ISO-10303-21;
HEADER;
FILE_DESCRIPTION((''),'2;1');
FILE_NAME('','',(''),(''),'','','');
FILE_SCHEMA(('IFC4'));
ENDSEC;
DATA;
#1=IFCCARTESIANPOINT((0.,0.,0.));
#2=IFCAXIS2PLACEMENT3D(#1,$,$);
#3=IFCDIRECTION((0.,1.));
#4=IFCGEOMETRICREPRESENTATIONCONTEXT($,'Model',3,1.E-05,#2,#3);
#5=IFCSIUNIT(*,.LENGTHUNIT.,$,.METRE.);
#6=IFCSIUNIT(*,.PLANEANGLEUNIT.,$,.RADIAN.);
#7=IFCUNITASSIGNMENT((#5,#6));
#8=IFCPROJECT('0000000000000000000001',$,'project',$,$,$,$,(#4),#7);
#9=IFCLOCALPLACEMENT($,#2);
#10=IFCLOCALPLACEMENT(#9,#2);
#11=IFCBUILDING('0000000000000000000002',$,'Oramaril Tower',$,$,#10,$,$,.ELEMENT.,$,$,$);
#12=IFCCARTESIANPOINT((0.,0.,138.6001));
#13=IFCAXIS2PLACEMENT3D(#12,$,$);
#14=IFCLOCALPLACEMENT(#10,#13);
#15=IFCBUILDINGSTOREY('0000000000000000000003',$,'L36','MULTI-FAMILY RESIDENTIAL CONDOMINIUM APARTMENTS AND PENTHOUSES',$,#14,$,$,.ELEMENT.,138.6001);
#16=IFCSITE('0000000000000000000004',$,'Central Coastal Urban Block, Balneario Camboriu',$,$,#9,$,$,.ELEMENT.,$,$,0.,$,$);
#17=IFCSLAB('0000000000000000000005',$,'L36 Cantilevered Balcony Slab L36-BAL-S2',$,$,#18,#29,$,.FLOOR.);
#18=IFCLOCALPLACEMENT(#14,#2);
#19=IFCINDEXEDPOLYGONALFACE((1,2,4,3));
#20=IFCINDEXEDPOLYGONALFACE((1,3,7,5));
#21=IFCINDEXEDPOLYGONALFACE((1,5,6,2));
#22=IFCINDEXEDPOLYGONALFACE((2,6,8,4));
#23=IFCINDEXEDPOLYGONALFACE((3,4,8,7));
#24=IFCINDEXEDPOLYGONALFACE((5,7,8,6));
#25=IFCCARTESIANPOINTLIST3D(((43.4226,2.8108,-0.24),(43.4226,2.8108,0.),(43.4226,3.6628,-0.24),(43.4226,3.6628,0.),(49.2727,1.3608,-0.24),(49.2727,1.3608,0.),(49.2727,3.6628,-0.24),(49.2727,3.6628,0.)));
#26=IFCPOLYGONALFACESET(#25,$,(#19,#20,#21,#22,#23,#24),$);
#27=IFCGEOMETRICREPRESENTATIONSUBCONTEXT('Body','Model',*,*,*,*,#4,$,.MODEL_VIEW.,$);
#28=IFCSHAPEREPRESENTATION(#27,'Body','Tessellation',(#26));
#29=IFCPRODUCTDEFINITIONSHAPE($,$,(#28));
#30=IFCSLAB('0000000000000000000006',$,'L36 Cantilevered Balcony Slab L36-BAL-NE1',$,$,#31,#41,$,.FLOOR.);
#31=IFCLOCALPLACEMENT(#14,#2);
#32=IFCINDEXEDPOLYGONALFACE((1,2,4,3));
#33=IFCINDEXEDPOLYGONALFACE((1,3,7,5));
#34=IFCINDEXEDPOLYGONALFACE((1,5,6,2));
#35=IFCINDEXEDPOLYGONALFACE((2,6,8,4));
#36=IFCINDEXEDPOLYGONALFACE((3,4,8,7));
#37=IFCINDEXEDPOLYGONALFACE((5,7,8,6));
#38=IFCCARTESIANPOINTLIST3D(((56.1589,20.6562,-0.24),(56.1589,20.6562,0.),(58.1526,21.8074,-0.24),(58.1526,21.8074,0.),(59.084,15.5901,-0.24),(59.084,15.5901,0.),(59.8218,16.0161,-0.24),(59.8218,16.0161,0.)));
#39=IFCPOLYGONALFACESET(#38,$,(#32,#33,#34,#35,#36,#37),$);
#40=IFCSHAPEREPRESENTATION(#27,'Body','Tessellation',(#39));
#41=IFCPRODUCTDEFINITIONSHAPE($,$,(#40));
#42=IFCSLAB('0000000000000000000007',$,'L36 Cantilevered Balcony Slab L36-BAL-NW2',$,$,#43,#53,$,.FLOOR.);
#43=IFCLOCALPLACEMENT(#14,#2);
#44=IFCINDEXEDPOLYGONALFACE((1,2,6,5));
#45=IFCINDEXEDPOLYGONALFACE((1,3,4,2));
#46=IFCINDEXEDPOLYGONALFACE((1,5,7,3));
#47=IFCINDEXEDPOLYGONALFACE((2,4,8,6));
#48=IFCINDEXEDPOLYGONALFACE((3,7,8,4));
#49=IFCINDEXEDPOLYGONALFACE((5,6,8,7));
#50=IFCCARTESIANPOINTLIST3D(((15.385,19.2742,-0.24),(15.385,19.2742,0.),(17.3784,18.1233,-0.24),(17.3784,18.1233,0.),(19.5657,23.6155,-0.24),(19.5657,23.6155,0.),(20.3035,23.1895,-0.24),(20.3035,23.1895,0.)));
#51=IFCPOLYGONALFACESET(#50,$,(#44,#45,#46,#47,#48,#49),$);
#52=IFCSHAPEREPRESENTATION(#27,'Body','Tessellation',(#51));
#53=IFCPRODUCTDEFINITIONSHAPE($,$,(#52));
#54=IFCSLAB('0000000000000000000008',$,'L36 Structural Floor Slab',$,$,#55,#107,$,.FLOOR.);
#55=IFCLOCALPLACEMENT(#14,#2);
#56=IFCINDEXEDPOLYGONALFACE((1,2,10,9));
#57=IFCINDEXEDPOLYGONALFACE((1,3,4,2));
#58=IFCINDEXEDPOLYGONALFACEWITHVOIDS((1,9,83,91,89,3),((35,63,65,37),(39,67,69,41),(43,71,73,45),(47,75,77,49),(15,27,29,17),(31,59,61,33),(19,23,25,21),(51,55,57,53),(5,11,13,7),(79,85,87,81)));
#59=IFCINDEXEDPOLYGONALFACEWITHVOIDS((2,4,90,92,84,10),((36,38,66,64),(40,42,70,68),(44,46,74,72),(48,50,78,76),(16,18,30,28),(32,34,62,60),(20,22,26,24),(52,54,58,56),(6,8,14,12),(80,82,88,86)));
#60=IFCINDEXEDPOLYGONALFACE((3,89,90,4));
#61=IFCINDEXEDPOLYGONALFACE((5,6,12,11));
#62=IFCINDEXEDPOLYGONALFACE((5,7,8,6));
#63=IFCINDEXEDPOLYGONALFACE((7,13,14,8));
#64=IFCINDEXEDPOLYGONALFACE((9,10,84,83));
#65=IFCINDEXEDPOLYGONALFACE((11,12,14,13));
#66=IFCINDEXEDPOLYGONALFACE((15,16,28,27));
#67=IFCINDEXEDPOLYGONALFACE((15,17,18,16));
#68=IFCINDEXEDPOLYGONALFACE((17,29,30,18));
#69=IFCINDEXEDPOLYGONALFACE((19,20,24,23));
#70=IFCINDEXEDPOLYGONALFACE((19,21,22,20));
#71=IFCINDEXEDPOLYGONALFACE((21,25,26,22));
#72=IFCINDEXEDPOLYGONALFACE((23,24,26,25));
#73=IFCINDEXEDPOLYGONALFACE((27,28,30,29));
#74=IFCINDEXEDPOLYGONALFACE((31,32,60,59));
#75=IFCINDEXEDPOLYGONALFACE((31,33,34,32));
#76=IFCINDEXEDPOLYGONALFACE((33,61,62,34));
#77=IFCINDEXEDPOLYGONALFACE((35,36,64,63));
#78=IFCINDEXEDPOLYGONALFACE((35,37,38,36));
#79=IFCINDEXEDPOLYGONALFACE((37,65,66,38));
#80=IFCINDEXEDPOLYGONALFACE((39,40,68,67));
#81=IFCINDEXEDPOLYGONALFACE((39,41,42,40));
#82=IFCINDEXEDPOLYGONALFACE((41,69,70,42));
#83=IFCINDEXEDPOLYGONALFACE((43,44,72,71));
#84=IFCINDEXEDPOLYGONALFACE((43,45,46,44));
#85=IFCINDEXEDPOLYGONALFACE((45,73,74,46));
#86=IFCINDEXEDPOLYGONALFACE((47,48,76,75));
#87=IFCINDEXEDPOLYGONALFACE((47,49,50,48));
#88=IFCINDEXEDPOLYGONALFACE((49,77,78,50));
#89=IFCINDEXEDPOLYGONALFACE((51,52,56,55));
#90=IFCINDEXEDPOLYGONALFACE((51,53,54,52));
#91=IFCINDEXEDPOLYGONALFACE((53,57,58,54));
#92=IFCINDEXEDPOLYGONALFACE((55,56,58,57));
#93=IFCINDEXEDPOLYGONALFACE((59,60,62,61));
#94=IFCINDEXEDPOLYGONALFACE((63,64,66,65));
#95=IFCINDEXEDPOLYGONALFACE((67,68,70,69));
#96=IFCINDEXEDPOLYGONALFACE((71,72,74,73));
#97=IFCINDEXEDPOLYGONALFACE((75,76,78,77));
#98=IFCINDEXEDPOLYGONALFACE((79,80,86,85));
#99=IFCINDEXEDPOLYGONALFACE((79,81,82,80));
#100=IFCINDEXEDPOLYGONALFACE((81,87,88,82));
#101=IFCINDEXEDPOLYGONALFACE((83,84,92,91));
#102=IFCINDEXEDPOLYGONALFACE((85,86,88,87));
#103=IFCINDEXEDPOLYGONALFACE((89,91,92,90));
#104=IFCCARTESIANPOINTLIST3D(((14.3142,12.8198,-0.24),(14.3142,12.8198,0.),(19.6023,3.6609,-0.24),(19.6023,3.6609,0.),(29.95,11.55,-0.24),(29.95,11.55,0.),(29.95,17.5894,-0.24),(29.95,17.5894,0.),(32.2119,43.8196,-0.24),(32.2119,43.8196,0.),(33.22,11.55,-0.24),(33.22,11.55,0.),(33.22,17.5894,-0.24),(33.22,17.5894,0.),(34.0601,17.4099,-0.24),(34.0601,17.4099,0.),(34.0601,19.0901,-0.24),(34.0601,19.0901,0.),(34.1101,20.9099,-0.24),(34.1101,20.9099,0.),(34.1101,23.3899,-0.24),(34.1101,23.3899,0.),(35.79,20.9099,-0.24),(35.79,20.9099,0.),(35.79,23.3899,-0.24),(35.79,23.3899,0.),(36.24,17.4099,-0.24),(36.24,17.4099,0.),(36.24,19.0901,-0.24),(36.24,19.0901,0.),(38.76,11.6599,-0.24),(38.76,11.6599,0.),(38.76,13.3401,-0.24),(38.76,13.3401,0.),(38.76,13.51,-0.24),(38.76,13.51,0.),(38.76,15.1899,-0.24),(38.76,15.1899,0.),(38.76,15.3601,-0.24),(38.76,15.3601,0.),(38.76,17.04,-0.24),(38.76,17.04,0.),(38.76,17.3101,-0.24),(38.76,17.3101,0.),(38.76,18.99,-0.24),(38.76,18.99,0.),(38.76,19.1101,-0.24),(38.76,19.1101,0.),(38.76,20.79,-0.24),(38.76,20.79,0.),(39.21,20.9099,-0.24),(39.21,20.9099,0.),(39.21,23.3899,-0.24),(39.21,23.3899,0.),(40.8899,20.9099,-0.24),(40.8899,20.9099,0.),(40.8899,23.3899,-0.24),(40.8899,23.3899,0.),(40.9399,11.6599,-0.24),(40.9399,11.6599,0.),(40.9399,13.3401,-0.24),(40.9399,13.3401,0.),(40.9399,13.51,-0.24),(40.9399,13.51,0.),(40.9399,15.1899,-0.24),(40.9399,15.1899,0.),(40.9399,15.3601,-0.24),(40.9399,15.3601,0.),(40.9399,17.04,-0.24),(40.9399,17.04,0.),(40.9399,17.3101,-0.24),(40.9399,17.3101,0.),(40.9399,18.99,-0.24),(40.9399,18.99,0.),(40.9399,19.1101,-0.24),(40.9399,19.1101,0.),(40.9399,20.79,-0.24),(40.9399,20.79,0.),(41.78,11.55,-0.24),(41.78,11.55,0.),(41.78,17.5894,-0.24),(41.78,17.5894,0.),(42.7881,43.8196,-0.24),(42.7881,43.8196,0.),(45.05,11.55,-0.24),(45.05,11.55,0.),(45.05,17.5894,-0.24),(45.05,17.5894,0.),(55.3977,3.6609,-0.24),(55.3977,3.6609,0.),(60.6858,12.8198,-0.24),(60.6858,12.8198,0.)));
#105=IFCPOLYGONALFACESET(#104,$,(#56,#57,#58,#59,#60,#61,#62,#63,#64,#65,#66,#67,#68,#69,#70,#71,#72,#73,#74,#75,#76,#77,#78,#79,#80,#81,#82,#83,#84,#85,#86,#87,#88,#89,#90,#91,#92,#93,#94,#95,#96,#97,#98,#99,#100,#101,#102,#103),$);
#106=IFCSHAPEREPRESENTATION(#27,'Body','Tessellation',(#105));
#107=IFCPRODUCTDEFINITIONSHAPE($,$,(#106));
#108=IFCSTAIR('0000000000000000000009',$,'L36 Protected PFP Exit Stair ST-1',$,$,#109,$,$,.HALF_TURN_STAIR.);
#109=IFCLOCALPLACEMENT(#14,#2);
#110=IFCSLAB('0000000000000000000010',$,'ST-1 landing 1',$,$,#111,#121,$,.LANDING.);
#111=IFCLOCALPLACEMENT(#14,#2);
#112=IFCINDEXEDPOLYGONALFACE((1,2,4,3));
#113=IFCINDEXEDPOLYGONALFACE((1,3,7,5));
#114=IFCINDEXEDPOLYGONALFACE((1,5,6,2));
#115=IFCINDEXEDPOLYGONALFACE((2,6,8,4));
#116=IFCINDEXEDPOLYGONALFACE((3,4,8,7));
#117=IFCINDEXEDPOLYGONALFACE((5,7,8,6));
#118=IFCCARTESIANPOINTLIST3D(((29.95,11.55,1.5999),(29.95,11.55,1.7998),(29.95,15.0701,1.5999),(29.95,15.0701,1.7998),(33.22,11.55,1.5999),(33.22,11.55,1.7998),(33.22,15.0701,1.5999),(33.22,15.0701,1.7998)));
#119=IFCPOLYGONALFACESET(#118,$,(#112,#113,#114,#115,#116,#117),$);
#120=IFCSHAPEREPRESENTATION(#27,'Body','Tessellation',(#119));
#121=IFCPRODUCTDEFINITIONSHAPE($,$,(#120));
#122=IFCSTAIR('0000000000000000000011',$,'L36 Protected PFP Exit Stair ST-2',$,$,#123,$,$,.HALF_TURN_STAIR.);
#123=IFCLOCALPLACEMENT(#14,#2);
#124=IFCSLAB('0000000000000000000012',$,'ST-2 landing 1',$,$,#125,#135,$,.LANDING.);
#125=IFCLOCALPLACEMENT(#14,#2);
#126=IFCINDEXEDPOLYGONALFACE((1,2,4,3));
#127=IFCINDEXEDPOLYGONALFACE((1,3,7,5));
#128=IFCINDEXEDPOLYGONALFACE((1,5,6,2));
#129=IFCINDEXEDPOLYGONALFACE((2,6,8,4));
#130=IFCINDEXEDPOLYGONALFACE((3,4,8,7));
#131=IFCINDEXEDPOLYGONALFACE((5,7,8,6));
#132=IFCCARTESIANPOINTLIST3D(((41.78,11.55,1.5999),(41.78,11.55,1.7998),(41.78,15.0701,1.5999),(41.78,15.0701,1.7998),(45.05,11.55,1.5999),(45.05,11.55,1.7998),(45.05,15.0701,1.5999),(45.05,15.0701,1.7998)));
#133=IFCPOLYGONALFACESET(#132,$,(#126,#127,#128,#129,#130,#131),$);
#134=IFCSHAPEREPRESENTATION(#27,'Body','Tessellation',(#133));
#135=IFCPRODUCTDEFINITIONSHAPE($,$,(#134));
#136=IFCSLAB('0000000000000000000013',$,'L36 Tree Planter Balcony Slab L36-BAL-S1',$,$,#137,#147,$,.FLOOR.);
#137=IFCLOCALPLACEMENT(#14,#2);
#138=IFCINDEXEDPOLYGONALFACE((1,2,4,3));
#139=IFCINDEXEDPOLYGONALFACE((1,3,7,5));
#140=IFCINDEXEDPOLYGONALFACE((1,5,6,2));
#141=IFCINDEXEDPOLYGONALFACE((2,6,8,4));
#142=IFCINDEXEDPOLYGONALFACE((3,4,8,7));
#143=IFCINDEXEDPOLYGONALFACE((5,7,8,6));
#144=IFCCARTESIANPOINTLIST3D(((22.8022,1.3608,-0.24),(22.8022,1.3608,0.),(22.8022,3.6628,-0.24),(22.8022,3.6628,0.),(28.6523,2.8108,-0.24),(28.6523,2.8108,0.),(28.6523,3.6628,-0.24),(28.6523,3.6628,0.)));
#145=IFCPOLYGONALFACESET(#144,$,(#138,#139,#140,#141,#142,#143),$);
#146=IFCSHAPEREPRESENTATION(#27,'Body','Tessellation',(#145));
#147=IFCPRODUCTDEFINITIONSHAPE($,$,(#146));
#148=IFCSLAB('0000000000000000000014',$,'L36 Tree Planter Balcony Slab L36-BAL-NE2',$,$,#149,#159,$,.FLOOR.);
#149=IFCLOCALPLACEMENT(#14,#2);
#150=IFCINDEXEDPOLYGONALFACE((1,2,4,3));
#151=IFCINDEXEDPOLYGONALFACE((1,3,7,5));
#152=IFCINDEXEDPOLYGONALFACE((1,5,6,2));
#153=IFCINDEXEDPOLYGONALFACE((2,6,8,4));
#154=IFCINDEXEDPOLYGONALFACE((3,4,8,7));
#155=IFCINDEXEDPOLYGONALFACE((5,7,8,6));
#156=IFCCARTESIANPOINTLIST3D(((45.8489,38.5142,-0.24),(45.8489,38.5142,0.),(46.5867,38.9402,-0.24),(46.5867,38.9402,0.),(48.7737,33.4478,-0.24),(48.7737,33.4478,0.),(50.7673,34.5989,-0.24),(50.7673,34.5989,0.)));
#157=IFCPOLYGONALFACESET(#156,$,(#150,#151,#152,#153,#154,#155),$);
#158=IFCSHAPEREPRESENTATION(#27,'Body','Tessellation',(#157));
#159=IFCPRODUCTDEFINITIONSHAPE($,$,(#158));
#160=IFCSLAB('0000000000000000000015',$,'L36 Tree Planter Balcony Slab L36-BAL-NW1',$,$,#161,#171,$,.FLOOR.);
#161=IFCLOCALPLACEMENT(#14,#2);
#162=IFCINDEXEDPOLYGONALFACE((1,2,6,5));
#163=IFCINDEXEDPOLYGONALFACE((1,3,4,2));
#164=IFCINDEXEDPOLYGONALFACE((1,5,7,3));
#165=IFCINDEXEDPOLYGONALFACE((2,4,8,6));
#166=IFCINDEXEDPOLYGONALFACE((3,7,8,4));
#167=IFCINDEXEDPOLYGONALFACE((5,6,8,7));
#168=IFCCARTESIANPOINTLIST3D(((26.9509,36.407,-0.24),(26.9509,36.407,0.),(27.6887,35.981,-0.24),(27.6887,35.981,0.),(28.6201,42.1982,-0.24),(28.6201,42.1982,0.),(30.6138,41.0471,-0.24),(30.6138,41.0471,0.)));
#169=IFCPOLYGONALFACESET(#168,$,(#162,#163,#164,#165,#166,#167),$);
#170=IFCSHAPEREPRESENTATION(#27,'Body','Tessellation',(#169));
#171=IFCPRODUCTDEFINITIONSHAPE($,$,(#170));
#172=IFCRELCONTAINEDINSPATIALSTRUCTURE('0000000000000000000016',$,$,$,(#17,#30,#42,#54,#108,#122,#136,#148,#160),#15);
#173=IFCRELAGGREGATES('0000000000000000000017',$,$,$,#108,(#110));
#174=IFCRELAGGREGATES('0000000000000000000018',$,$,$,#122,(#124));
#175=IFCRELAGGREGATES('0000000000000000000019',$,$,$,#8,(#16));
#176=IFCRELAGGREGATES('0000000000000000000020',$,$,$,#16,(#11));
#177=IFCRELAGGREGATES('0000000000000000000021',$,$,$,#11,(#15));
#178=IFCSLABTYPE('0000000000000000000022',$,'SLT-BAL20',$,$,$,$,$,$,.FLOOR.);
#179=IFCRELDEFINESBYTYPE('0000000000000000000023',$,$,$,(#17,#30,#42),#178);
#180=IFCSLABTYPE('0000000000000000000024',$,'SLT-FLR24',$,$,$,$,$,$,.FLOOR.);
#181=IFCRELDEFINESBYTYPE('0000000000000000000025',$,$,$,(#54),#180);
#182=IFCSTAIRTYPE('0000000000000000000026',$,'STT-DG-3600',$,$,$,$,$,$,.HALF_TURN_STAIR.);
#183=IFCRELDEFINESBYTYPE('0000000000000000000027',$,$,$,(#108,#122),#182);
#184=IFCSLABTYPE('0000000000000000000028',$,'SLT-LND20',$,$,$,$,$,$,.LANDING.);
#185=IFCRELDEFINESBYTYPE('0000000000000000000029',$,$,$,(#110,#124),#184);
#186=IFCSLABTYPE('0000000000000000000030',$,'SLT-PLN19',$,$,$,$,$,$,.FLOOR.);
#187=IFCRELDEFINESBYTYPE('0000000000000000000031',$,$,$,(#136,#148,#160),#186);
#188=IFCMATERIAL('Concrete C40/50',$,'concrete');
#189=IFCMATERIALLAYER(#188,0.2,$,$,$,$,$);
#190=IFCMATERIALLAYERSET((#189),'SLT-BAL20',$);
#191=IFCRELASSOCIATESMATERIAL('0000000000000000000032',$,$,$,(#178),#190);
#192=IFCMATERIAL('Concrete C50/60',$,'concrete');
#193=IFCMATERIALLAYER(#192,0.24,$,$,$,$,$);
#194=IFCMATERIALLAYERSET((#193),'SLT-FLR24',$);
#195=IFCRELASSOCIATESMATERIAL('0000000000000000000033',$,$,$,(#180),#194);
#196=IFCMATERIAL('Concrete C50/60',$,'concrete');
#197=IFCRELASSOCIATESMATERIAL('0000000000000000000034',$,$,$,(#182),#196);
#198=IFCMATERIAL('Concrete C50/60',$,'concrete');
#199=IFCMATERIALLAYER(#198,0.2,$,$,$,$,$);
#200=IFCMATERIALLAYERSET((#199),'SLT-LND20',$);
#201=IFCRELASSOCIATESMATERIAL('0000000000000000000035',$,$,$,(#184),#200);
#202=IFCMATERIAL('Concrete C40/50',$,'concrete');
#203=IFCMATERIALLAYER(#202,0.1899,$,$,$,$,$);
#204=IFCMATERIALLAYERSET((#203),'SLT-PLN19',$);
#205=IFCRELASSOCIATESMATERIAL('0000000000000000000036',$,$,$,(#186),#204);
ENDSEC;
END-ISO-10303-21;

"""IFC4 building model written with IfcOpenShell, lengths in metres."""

from ifc_helpers import new_model, si_unit, direction, frame, origin, place, context, subcontext, project, spatial, polyline, outline, extrude, material, layer, layer_set, type_object, element, aggregate, save


model = new_model("IFC4")

# Units and contexts
model_context = context("Model", 3, precision=1e-05, world=origin(), true_north=direction((0.0, 1.0)))
body_context = subcontext(model_context, "Body", "Model", "MODEL_VIEW")
ifc_project = project(units=[si_unit("LENGTHUNIT", "METRE"), si_unit("PLANEANGLEUNIT", "RADIAN")], contexts=[model_context])

# Site, building, storey
site_placement = place(None, origin())
site = spatial("IfcSite", under=ifc_project, at=site_placement, Name="Central Coastal Urban Block, Balneario Camboriu", CompositionType="ELEMENT", RefElevation=0.0)
building_placement = place(site_placement, origin())
building = spatial("IfcBuilding", under=site, at=building_placement, Name="Oramaril Tower", CompositionType="ELEMENT")
storey_placement = place(building_placement, frame((0.0, 0.0, 138.6001)))
storey = spatial("IfcBuildingStorey", under=building, at=storey_placement, Name="L36", Description="MULTI-FAMILY RESIDENTIAL CONDOMINIUM APARTMENTS AND PENTHOUSES", CompositionType="ELEMENT", Elevation=138.6001)

# Slabs
ifc_material_1 = material(Name="Concrete C40/50", Category="concrete")
ifc_layer_1 = layer(ifc_material_1, 0.2)
ifc_layer_set_1 = layer_set([ifc_layer_1], Name="SLT-BAL20")
slab_type_1 = type_object("IfcSlabType", Name="SLT-BAL20", PredefinedType="FLOOR", material=ifc_layer_set_1)
slab_1_placement = place(storey_placement, frame((0.0, 0.0, -0.24)))
element("IfcSlab", 1, at=slab_1_placement, inside=storey, type_object=slab_type_1, Name="L36 Cantilevered Balcony Slab L36-BAL-S2", PredefinedType="FLOOR", context=body_context, shape_type="SweptSolid", body=[
    extrude(outline(polyline([(43.4226, 3.6628), (49.2727, 3.6628), (49.2727, 1.3608), (43.4226, 2.8108), (43.4226, 3.6628)])), origin(), (0.0, 0.0, 1.0), 0.24),
])
slab_2_placement = place(storey_placement, frame((0.0, 0.0, -0.24)))
element("IfcSlab", 2, at=slab_2_placement, inside=storey, type_object=slab_type_1, Name="L36 Cantilevered Balcony Slab L36-BAL-NE1", PredefinedType="FLOOR", context=body_context, shape_type="SweptSolid", body=[
    extrude(outline(polyline([(59.084, 15.5901), (56.1589, 20.6562), (58.1526, 21.8074), (59.8218, 16.0161), (59.084, 15.5901)])), origin(), (0.0, 0.0, 1.0), 0.24),
])
slab_3_placement = place(storey_placement, frame((0.0, 0.0, -0.24)))
element("IfcSlab", 3, at=slab_3_placement, inside=storey, type_object=slab_type_1, Name="L36 Cantilevered Balcony Slab L36-BAL-NW2", PredefinedType="FLOOR", context=body_context, shape_type="SweptSolid", body=[
    extrude(outline(polyline([(20.3035, 23.1895), (17.3784, 18.1233), (15.385, 19.2742), (19.5657, 23.6155), (20.3035, 23.1895)])), origin(), (0.0, 0.0, 1.0), 0.24),
])
ifc_material_2 = material(Name="Concrete C50/60", Category="concrete")
ifc_layer_2 = layer(ifc_material_2, 0.24)
ifc_layer_set_2 = layer_set([ifc_layer_2], Name="SLT-FLR24")
slab_type_2 = type_object("IfcSlabType", Name="SLT-FLR24", PredefinedType="FLOOR", material=ifc_layer_set_2)
slab_4_placement = place(storey_placement, frame((0.0, 0.0, -0.24)))
element("IfcSlab", 4, at=slab_4_placement, inside=storey, type_object=slab_type_2, Name="L36 Structural Floor Slab", PredefinedType="FLOOR", context=body_context, shape_type="SweptSolid", body=[
    extrude(outline(polyline([(14.3142, 12.8198), (19.6023, 3.6609), (55.3977, 3.6609), (60.6858, 12.8198), (42.7881, 43.8196), (32.2119, 43.8196), (14.3142, 12.8198)]), holes=[polyline([(29.95, 17.5894), (29.95, 11.55), (33.22, 11.55), (33.22, 17.5894), (29.95, 17.5894)]), polyline([(41.78, 17.5894), (41.78, 11.55), (45.05, 11.55), (45.05, 17.5894), (41.78, 17.5894)]), polyline([(34.1101, 20.9099), (35.79, 20.9099), (35.79, 23.3899), (34.1101, 23.3899), (34.1101, 20.9099)]), polyline([(39.21, 20.9099), (40.8899, 20.9099), (40.8899, 23.3899), (39.21, 23.3899), (39.21, 20.9099)]), polyline([(38.76, 11.6599), (40.9399, 11.6599), (40.9399, 13.3401), (38.76, 13.3401), (38.76, 11.6599)]), polyline([(38.76, 13.51), (40.9399, 13.51), (40.9399, 15.1899), (38.76, 15.1899), (38.76, 13.51)]), polyline([(38.76, 15.3601), (40.9399, 15.3601), (40.9399, 17.04), (38.76, 17.04), (38.76, 15.3601)]), polyline([(34.0601, 17.4099), (36.24, 17.4099), (36.24, 19.0901), (34.0601, 19.0901), (34.0601, 17.4099)]), polyline([(38.76, 17.3101), (40.9399, 17.3101), (40.9399, 18.99), (38.76, 18.99), (38.76, 17.3101)]), polyline([(38.76, 19.1101), (40.9399, 19.1101), (40.9399, 20.79), (38.76, 20.79), (38.76, 19.1101)])]), origin(), (0.0, 0.0, 1.0), 0.24),
])

# Stairs, slabs
ifc_material_3 = material(Name="Concrete C50/60", Category="concrete")
stair_type = type_object("IfcStairType", Name="STT-DG-3600", PredefinedType="HALF_TURN_STAIR", material=ifc_material_3)
stair_1_placement = place(storey_placement, origin())
stair_1 = element("IfcStair", 5, at=stair_1_placement, inside=storey, type_object=stair_type, Name="L36 Protected PFP Exit Stair ST-1", PredefinedType="HALF_TURN_STAIR")
ifc_material_4 = material(Name="Concrete C50/60", Category="concrete")
ifc_layer_3 = layer(ifc_material_4, 0.2)
ifc_layer_set_3 = layer_set([ifc_layer_3], Name="SLT-LND20")
slab_type_3 = type_object("IfcSlabType", Name="SLT-LND20", PredefinedType="LANDING", material=ifc_layer_set_3)
slab_5_placement = place(storey_placement, frame((0.0, 0.0, 1.5999)))
slab_5 = element("IfcSlab", 6, at=slab_5_placement, type_object=slab_type_3, Name="ST-1 landing 1", PredefinedType="LANDING", context=body_context, shape_type="SweptSolid", body=[
    extrude(outline(polyline([(29.95, 15.0701), (29.95, 11.55), (33.22, 11.55), (33.22, 15.0701), (29.95, 15.0701)])), origin(), (0.0, 0.0, 1.0), 0.2),
])
aggregate(stair_1, [slab_5])
stair_2_placement = place(storey_placement, origin())
stair_2 = element("IfcStair", 7, at=stair_2_placement, inside=storey, type_object=stair_type, Name="L36 Protected PFP Exit Stair ST-2", PredefinedType="HALF_TURN_STAIR")
slab_6_placement = place(storey_placement, frame((0.0, 0.0, 1.5999)))
slab_6 = element("IfcSlab", 8, at=slab_6_placement, type_object=slab_type_3, Name="ST-2 landing 1", PredefinedType="LANDING", context=body_context, shape_type="SweptSolid", body=[
    extrude(outline(polyline([(41.78, 15.0701), (41.78, 11.55), (45.05, 11.55), (45.05, 15.0701), (41.78, 15.0701)])), origin(), (0.0, 0.0, 1.0), 0.2),
])
aggregate(stair_2, [slab_6])

# Slabs
ifc_material_5 = material(Name="Concrete C40/50", Category="concrete")
ifc_layer_4 = layer(ifc_material_5, 0.1899)
ifc_layer_set_4 = layer_set([ifc_layer_4], Name="SLT-PLN19")
slab_type_4 = type_object("IfcSlabType", Name="SLT-PLN19", PredefinedType="FLOOR", material=ifc_layer_set_4)
slab_7_placement = place(storey_placement, frame((0.0, 0.0, -0.24)))
element("IfcSlab", 9, at=slab_7_placement, inside=storey, type_object=slab_type_4, Name="L36 Tree Planter Balcony Slab L36-BAL-S1", PredefinedType="FLOOR", context=body_context, shape_type="SweptSolid", body=[
    extrude(outline(polyline([(22.8022, 3.6628), (28.6523, 3.6628), (28.6523, 2.8108), (22.8022, 1.3608), (22.8022, 3.6628)])), origin(), (0.0, 0.0, 1.0), 0.24),
])
slab_8_placement = place(storey_placement, frame((0.0, 0.0, -0.24)))
element("IfcSlab", 10, at=slab_8_placement, inside=storey, type_object=slab_type_4, Name="L36 Tree Planter Balcony Slab L36-BAL-NE2", PredefinedType="FLOOR", context=body_context, shape_type="SweptSolid", body=[
    extrude(outline(polyline([(48.7737, 33.4478), (45.8489, 38.5142), (46.5867, 38.9402), (50.7673, 34.5989), (48.7737, 33.4478)])), origin(), (0.0, 0.0, 1.0), 0.24),
])
slab_9_placement = place(storey_placement, frame((0.0, 0.0, -0.24)))
element("IfcSlab", 11, at=slab_9_placement, inside=storey, type_object=slab_type_4, Name="L36 Tree Planter Balcony Slab L36-BAL-NW1", PredefinedType="FLOOR", context=body_context, shape_type="SweptSolid", body=[
    extrude(outline(polyline([(30.6138, 41.0471), (27.6887, 35.981), (26.9509, 36.407), (28.6201, 42.1982), (30.6138, 41.0471)])), origin(), (0.0, 0.0, 1.0), 0.24),
])

save(model, "model.ifc")
